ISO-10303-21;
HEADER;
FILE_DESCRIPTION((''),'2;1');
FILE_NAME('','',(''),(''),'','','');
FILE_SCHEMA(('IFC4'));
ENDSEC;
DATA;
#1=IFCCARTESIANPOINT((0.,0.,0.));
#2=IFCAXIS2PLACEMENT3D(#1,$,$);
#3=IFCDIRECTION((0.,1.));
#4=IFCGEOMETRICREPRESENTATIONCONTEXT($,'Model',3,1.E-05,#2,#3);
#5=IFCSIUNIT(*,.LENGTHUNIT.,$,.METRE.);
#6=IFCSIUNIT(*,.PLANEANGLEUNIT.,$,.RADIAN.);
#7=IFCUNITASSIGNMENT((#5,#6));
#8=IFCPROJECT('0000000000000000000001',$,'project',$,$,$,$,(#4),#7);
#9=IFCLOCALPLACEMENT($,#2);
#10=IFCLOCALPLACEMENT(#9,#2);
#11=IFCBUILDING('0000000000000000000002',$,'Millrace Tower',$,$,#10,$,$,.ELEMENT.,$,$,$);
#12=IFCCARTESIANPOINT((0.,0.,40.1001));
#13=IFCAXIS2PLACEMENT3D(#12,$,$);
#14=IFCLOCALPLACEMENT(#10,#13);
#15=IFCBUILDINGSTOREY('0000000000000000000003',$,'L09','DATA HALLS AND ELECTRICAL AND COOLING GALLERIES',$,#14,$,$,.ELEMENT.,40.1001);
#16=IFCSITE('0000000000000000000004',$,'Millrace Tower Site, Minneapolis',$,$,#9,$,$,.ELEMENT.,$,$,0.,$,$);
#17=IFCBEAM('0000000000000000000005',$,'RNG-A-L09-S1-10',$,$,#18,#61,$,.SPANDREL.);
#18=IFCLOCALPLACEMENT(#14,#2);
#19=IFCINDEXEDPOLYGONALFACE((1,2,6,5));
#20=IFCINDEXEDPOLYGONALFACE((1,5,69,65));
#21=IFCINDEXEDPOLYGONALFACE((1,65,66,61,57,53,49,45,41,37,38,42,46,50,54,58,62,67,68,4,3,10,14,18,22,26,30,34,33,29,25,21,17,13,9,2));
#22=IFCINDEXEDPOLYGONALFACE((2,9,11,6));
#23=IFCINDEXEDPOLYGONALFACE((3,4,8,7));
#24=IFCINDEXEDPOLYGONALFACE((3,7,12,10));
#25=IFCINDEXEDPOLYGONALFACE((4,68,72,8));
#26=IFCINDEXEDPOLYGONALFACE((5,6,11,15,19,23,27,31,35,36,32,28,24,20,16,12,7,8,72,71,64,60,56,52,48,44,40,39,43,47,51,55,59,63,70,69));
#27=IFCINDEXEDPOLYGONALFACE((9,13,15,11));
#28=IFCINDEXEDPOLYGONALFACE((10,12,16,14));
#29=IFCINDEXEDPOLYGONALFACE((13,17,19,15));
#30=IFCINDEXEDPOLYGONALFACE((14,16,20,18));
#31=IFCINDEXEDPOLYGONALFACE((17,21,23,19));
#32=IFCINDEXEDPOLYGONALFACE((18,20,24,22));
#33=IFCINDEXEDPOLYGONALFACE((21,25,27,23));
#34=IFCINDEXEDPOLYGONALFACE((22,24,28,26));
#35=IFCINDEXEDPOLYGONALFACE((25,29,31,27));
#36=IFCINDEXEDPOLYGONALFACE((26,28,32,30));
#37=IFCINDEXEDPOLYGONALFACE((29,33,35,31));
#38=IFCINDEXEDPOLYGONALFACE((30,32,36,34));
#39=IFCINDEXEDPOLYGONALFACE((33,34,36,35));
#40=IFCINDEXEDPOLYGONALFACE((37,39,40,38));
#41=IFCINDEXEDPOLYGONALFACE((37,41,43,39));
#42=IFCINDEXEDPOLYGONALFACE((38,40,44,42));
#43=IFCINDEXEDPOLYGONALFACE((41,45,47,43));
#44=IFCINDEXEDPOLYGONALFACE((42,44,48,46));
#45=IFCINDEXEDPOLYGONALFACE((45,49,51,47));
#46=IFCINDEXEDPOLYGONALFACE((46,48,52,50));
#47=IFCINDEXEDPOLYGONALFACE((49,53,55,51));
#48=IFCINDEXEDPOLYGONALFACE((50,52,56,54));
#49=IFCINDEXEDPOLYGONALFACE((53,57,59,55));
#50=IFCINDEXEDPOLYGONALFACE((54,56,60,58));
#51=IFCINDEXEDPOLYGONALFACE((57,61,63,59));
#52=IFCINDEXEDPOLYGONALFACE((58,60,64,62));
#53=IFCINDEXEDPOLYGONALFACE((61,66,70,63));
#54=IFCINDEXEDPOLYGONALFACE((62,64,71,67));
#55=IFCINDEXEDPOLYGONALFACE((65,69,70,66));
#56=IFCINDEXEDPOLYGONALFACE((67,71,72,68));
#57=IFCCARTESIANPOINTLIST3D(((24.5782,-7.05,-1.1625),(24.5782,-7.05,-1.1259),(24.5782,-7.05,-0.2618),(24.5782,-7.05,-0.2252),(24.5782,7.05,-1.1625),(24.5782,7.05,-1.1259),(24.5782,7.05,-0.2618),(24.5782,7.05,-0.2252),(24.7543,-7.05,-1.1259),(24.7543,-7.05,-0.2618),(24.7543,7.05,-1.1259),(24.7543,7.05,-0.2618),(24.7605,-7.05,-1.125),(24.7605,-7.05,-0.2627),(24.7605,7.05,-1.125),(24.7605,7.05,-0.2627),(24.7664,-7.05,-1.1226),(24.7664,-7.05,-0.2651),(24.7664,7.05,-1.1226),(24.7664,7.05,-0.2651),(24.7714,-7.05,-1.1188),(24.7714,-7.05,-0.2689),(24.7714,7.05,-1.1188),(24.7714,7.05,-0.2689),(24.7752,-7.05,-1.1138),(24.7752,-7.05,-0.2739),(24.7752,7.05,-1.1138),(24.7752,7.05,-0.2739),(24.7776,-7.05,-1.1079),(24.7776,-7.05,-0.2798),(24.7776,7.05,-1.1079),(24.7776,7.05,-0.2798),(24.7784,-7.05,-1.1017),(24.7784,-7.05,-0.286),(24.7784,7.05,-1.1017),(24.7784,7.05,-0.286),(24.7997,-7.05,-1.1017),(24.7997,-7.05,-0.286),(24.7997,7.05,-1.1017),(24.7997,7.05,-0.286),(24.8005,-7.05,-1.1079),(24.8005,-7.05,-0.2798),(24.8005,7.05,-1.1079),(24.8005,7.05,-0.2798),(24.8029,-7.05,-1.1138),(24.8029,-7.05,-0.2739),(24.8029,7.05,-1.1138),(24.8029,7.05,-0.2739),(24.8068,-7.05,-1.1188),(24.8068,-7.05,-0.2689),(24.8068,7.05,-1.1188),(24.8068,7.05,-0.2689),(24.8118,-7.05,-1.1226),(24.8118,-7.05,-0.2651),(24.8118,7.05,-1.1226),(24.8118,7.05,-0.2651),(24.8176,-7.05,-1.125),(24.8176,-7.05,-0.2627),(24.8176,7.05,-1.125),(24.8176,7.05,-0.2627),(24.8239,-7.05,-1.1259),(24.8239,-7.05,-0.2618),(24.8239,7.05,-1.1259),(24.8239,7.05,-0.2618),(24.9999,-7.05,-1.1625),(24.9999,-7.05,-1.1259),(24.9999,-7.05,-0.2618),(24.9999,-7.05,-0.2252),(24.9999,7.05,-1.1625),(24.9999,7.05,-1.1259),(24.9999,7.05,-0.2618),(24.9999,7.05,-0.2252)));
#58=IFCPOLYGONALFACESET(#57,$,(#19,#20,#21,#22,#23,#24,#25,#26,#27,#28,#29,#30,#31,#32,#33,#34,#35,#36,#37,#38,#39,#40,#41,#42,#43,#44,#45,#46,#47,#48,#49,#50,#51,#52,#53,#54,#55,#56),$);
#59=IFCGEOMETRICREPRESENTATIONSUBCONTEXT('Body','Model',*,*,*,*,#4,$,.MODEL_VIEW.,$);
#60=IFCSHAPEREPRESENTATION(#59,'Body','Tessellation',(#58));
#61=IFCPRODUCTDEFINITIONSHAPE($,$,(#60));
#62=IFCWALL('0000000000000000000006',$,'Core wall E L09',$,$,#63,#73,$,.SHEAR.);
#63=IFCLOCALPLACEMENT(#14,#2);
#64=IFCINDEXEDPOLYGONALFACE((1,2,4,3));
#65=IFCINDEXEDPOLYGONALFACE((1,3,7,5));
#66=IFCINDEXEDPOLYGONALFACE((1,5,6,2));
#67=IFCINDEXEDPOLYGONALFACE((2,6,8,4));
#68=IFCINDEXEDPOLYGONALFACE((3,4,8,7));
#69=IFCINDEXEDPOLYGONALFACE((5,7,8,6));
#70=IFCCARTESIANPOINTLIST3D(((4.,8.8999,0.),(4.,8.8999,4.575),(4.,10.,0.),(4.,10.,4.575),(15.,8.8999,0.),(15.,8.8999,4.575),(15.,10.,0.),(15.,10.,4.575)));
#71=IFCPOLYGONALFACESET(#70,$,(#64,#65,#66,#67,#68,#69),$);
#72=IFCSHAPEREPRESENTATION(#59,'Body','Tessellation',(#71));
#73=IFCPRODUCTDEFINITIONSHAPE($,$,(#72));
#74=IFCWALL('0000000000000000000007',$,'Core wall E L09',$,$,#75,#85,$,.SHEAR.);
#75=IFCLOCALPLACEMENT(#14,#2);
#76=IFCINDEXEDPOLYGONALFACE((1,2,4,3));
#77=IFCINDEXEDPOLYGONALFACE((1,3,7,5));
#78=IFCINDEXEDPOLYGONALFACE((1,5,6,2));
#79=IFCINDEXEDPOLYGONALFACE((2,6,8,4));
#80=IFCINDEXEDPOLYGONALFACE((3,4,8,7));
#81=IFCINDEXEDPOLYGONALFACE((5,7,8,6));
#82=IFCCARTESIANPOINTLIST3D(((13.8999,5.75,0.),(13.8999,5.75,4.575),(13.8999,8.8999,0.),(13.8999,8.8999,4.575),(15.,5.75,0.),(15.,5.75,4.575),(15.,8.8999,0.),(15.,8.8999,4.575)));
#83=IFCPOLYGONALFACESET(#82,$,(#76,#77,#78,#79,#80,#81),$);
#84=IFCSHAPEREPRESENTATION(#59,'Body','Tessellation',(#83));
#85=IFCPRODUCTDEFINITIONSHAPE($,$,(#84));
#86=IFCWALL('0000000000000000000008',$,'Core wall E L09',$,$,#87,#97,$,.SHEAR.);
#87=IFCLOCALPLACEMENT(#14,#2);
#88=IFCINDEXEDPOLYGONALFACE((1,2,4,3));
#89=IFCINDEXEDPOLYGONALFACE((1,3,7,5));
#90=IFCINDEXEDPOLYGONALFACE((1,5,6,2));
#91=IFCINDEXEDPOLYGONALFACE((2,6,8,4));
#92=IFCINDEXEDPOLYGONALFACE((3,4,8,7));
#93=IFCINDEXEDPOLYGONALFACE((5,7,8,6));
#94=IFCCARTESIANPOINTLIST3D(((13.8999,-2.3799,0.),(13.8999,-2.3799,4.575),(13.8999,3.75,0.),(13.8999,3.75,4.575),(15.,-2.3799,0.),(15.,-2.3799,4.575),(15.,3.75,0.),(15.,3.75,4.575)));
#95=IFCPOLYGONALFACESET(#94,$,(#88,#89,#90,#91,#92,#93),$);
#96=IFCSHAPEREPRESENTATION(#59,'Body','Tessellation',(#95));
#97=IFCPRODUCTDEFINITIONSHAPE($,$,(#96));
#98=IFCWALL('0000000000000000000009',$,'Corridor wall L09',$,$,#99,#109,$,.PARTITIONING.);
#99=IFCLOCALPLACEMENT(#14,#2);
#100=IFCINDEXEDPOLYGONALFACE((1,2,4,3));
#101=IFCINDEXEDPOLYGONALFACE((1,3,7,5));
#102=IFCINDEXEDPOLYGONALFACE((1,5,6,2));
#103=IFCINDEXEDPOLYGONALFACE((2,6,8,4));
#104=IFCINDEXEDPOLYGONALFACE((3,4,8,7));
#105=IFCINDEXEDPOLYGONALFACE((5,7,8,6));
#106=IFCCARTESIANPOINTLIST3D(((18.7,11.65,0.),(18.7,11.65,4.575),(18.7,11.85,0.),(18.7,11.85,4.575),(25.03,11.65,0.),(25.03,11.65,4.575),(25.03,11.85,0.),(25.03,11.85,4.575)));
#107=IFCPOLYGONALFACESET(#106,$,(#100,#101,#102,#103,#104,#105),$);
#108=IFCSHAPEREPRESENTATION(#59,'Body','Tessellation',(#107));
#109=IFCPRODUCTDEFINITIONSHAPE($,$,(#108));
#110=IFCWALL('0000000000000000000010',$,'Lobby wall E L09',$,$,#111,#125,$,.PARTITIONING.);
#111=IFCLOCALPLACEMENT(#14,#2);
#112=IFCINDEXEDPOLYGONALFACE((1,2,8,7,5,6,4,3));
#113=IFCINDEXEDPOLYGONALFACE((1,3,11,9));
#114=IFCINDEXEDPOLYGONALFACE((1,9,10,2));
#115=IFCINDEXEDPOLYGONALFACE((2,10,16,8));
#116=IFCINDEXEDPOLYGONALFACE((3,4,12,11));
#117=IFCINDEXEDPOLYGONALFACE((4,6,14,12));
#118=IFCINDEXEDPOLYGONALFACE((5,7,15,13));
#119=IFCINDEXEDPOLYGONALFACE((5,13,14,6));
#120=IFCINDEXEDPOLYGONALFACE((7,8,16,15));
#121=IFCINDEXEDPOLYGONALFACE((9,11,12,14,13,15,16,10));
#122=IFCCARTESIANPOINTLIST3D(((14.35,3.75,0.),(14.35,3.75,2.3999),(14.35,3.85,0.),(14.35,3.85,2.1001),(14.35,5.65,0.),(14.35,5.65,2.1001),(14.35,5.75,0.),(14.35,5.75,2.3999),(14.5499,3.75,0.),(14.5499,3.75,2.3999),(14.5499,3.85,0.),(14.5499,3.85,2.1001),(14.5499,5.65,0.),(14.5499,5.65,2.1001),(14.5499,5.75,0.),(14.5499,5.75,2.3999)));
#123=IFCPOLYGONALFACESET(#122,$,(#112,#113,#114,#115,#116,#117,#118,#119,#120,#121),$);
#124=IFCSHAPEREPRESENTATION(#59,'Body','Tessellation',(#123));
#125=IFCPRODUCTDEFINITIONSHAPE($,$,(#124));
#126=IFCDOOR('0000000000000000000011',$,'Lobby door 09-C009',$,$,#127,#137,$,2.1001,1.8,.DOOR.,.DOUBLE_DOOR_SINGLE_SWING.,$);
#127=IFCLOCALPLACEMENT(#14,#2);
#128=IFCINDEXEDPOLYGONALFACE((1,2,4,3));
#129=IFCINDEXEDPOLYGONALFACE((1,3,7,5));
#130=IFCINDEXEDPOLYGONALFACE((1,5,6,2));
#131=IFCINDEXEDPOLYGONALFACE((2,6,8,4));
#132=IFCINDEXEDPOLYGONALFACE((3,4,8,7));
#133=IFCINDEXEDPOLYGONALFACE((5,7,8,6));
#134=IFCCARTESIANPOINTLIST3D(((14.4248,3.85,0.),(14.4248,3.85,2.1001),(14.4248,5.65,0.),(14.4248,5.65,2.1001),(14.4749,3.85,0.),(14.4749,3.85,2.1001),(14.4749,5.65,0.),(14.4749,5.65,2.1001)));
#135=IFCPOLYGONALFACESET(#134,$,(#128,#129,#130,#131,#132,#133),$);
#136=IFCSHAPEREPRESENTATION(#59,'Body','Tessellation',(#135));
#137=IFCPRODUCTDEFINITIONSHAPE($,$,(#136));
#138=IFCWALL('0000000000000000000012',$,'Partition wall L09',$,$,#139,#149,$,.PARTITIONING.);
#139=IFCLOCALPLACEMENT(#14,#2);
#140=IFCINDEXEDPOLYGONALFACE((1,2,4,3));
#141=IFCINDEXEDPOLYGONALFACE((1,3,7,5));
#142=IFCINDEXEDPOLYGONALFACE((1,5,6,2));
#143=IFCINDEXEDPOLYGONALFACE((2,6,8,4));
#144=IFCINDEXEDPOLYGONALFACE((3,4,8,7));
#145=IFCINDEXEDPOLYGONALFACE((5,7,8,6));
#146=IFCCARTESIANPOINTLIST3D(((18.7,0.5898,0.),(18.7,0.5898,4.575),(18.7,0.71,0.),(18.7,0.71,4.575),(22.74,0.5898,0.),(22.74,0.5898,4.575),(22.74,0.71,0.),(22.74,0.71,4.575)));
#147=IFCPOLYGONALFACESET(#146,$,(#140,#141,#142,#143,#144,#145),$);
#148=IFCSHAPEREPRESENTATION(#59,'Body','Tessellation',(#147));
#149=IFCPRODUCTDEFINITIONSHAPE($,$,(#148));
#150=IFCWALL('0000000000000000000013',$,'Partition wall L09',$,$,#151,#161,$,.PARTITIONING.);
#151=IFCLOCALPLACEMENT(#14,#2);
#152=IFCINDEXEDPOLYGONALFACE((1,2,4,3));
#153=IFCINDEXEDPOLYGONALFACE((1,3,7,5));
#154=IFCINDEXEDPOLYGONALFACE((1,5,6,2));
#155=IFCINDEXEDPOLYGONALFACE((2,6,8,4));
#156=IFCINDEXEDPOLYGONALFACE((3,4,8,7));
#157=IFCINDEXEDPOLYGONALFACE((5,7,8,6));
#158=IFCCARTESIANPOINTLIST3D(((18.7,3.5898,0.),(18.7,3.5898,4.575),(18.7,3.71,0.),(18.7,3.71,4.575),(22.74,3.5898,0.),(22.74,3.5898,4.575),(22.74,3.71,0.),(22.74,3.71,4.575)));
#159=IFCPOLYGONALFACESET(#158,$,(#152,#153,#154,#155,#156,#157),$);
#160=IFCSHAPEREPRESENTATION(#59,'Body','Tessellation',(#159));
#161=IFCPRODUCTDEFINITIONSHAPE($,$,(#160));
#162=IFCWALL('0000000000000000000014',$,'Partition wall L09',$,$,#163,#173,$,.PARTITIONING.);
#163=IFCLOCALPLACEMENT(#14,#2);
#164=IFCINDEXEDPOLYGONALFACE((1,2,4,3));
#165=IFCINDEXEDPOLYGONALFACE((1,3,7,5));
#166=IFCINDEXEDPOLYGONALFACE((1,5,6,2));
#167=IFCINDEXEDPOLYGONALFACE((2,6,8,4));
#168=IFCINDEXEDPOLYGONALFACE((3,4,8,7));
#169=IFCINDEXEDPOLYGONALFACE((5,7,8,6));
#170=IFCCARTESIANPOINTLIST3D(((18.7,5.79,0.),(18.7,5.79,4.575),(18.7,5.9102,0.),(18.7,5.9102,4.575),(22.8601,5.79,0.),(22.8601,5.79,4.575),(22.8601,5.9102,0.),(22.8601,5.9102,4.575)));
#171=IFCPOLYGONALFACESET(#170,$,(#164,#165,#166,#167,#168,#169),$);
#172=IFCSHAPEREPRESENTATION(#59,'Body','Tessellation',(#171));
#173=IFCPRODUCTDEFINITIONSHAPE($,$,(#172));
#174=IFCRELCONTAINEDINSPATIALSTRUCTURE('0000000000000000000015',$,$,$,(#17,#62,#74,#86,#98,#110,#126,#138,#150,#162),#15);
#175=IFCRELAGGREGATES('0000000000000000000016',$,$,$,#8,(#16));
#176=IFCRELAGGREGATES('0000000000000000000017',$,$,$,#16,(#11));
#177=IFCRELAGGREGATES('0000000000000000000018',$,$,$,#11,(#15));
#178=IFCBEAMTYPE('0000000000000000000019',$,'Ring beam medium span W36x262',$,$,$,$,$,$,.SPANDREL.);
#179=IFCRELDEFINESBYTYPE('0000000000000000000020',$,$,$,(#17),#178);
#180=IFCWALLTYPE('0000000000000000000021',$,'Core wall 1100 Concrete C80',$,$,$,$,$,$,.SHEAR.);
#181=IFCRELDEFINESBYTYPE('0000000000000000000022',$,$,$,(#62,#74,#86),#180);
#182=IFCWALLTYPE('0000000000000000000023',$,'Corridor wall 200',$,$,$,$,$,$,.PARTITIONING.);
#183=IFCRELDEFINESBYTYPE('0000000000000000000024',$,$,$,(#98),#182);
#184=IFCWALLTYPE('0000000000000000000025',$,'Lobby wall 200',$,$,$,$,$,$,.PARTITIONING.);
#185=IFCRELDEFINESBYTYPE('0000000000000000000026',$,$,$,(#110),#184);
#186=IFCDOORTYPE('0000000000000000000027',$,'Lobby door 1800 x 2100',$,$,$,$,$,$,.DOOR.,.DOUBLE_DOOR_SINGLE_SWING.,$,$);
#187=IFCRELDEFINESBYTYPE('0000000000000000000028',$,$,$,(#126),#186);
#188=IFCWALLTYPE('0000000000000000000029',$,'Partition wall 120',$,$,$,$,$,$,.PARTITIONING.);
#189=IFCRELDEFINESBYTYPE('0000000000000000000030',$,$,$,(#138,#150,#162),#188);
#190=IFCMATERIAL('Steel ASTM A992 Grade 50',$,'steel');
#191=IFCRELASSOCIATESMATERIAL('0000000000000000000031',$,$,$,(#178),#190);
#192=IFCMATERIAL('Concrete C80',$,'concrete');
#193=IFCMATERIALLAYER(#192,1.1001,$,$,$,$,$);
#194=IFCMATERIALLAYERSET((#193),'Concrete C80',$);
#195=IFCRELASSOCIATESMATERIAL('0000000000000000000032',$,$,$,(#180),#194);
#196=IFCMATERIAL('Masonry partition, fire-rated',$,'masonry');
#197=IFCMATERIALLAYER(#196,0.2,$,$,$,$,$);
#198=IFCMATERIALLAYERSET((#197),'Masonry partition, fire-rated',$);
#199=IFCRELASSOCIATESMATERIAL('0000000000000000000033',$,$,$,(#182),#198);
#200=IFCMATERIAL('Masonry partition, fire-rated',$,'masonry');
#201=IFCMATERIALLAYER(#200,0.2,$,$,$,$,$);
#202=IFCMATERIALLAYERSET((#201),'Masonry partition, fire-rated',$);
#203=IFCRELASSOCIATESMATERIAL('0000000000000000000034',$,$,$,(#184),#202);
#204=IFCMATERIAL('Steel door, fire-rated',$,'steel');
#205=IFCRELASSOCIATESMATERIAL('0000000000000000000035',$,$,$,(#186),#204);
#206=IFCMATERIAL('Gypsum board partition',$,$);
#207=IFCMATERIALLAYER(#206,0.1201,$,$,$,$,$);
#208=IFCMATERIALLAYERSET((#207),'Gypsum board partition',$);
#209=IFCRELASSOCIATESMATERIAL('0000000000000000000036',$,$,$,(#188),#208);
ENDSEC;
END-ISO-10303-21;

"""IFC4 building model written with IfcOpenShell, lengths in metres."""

from ifc_helpers import new_model, si_unit, direction, frame, frame_2d, origin, origin_2d, place, context, subcontext, project, spatial, rectangle, i_section, extrude, material, layer, layer_set, material_profile, profile_set, type_object, element, fill, save


model = new_model("IFC4")

# Units and contexts
model_context = context("Model", 3, precision=1e-05, world=origin(), true_north=direction((0.0, 1.0)))
body_context = subcontext(model_context, "Body", "Model", "MODEL_VIEW")
ifc_project = project(units=[si_unit("LENGTHUNIT", "METRE"), si_unit("PLANEANGLEUNIT", "RADIAN")], contexts=[model_context])

# Site, building, storey
site_placement = place(None, origin())
site = spatial("IfcSite", under=ifc_project, at=site_placement, Name="Millrace Tower Site, Minneapolis", CompositionType="ELEMENT", RefElevation=0.0)
building_placement = place(site_placement, origin())
building = spatial("IfcBuilding", under=site, at=building_placement, Name="Millrace Tower", CompositionType="ELEMENT")
storey_placement = place(building_placement, frame((0.0, 0.0, 40.1001)))
storey = spatial("IfcBuildingStorey", under=building, at=storey_placement, Name="L09", Description="DATA HALLS AND ELECTRICAL AND COOLING GALLERIES", CompositionType="ELEMENT", Elevation=40.1001)

# Beam
ifc_material_1 = material(Name="Steel ASTM A992 Grade 50", Category="steel")
ifc_material_profile_1 = material_profile(ifc_material_1, i_section(OverallWidth=0.4216, OverallDepth=0.9373, WebThickness=0.0212, FlangeThickness=0.0366, FilletRadius=0.0242, at=origin_2d()))
ifc_profile_set_1 = profile_set([ifc_material_profile_1], Name="Steel ASTM A992 Grade 50")
beam_type_1 = type_object("IfcBeamType", Name="Ring beam medium span W36x262", PredefinedType="SPANDREL", material=ifc_profile_set_1)
beam_1_placement = place(storey_placement, frame((24.7891, 7.05, -0.6938), z_axis=(0.0, -1.0, 0.0), x_axis=(1.0, 0.0, 0.0)))
element("IfcBeam", 1, at=beam_1_placement, inside=storey, type_object=beam_type_1, Name="RNG-A-L09-S1-10", PredefinedType="SPANDREL", context=body_context, shape_type="SweptSolid", body=[
    extrude(i_section(OverallWidth=0.4216, OverallDepth=0.9373, WebThickness=0.0212, FlangeThickness=0.0366, FilletRadius=0.0242, at=origin_2d()), origin(), (0.0, 0.0, 1.0), 14.1001),
])

# Walls
ifc_material_2 = material(Name="Concrete C80", Category="concrete")
ifc_layer_1 = layer(ifc_material_2, 1.1001)
ifc_layer_set_1 = layer_set([ifc_layer_1], Name="Concrete C80")
wall_type_1 = type_object("IfcWallType", Name="Core wall 1100 Concrete C80", PredefinedType="SHEAR", material=ifc_layer_set_1)
wall_1_placement = place(storey_placement, frame((15.0, 9.45, 0.0), z_axis=(0.0, 0.0, 1.0), x_axis=(-1.0, 0.0, 0.0)))
element("IfcWall", 2, at=wall_1_placement, inside=storey, type_object=wall_type_1, Name="Core wall E L09", PredefinedType="SHEAR", context=body_context, shape_type="SweptSolid", body=[
    extrude(rectangle(XDim=11.0, YDim=1.1001, at=frame_2d((5.5, 0.0))), origin(), (0.0, 0.0, 1.0), 4.575),
])
wall_2_placement = place(storey_placement, frame((14.45, 8.8999, 0.0), z_axis=(0.0, 0.0, 1.0), x_axis=(0.0, -1.0, 0.0)))
element("IfcWall", 3, at=wall_2_placement, inside=storey, type_object=wall_type_1, Name="Core wall E L09", PredefinedType="SHEAR", context=body_context, shape_type="SweptSolid", body=[
    extrude(rectangle(XDim=3.1499, YDim=1.1001, at=frame_2d((1.575, 0.0))), origin(), (0.0, 0.0, 1.0), 4.575),
])
wall_3_placement = place(storey_placement, frame((14.45, 3.75, 0.0), z_axis=(0.0, 0.0, 1.0), x_axis=(0.0, -1.0, 0.0)))
element("IfcWall", 4, at=wall_3_placement, inside=storey, type_object=wall_type_1, Name="Core wall E L09", PredefinedType="SHEAR", context=body_context, shape_type="SweptSolid", body=[
    extrude(rectangle(XDim=6.1299, YDim=1.1001, at=frame_2d((3.0649, 0.0))), origin(), (0.0, 0.0, 1.0), 4.575),
])
ifc_material_3 = material(Name="Masonry partition, fire-rated", Category="masonry")
ifc_layer_2 = layer(ifc_material_3, 0.2)
ifc_layer_set_2 = layer_set([ifc_layer_2], Name="Masonry partition, fire-rated")
wall_type_2 = type_object("IfcWallType", Name="Corridor wall 200", PredefinedType="PARTITIONING", material=ifc_layer_set_2)
wall_4_placement = place(storey_placement, frame((18.7, 11.75, 0.0), z_axis=(0.0, 0.0, 1.0), x_axis=(1.0, 0.0, 0.0)))
element("IfcWall", 5, at=wall_4_placement, inside=storey, type_object=wall_type_2, Name="Corridor wall L09", PredefinedType="PARTITIONING", context=body_context, shape_type="SweptSolid", body=[
    extrude(rectangle(XDim=6.3301, YDim=0.2, at=frame_2d((3.165, 0.0))), origin(), (0.0, 0.0, 1.0), 4.575),
])

# Wall, opening, door
ifc_material_4 = material(Name="Masonry partition, fire-rated", Category="masonry")
ifc_layer_3 = layer(ifc_material_4, 0.2)
ifc_layer_set_3 = layer_set([ifc_layer_3], Name="Masonry partition, fire-rated")
wall_type_3 = type_object("IfcWallType", Name="Lobby wall 200", PredefinedType="PARTITIONING", material=ifc_layer_set_3)
wall_5_placement = place(storey_placement, frame((14.45, 5.75, 0.0), z_axis=(0.0, 0.0, 1.0), x_axis=(0.0, -1.0, 0.0)))
wall_5 = element("IfcWall", 6, at=wall_5_placement, inside=storey, type_object=wall_type_3, Name="Lobby wall E L09", PredefinedType="PARTITIONING", context=body_context, shape_type="SweptSolid", body=[
    extrude(rectangle(XDim=2.0, YDim=0.2, at=frame_2d((1.0, 0.0))), origin(), (0.0, 0.0, 1.0), 2.3999),
])
opening_1_placement = place(wall_5_placement, frame((0.1001, 0.0, 0.0)))
opening_1 = element("IfcOpeningElement", 7, at=opening_1_placement, cuts=wall_5, PredefinedType="OPENING", context=body_context, shape_type="SweptSolid", body=[
    extrude(rectangle(XDim=1.8, YDim=2.1001, at=frame_2d((0.8999, 1.05))), frame((0.0, 0.1099, 0.0), z_axis=(0.0, -1.0, 0.0), x_axis=(1.0, 0.0, 0.0)), (0.0, 0.0, 1.0), 0.22),
])
ifc_material_5 = material(Name="Steel door, fire-rated", Category="steel")
door_type_1 = type_object("IfcDoorType", Name="Lobby door 1800 x 2100", OperationType="DOUBLE_DOOR_SINGLE_SWING", PredefinedType="DOOR", material=ifc_material_5)
door_1_placement = place(opening_1_placement, origin())
door_1 = element("IfcDoor", 8, at=door_1_placement, inside=storey, type_object=door_type_1, Name="Lobby door 09-C009", OperationType="DOUBLE_DOOR_SINGLE_SWING", OverallHeight=2.1001, OverallWidth=1.8, PredefinedType="DOOR", context=body_context, shape_type="SweptSolid", body=[
    extrude(rectangle(XDim=1.8, YDim=2.1001, at=frame_2d((0.8999, 1.05))), frame((0.0, 0.0249, 0.0), z_axis=(0.0, -1.0, 0.0), x_axis=(1.0, 0.0, 0.0)), (0.0, 0.0, 1.0), 0.05),
])
fill(opening_1, door_1)

# Walls
ifc_material_6 = material(Name="Gypsum board partition")
ifc_layer_4 = layer(ifc_material_6, 0.1201)
ifc_layer_set_4 = layer_set([ifc_layer_4], Name="Gypsum board partition")
wall_type_4 = type_object("IfcWallType", Name="Partition wall 120", PredefinedType="PARTITIONING", material=ifc_layer_set_4)
for number, where, z_axis, x_axis, name in (
    (9, (18.7, 0.6499, 0.0), (0.0, 0.0, 1.0), (1.0, 0.0, 0.0), "Partition wall L09"),
    (10, (18.7, 3.6499, 0.0), (0.0, 0.0, 1.0), (1.0, 0.0, 0.0), "Partition wall L09"),
):
    element("IfcWall", number, at=place(storey_placement, frame(where, z_axis=z_axis, x_axis=x_axis)), inside=storey, type_object=wall_type_4, Name=name, PredefinedType="PARTITIONING", context=body_context, shape_type="SweptSolid", body=[
        extrude(rectangle(XDim=4.04, YDim=0.1201, at=frame_2d((2.02, 0.0))), origin(), (0.0, 0.0, 1.0), 4.575),
    ])
wall_6_placement = place(storey_placement, frame((18.7, 5.8501, 0.0), z_axis=(0.0, 0.0, 1.0), x_axis=(1.0, 0.0, 0.0)))
element("IfcWall", 11, at=wall_6_placement, inside=storey, type_object=wall_type_4, Name="Partition wall L09", PredefinedType="PARTITIONING", context=body_context, shape_type="SweptSolid", body=[
    extrude(rectangle(XDim=4.1602, YDim=0.1201, at=frame_2d((2.0801, 0.0))), origin(), (0.0, 0.0, 1.0), 4.575),
])

save(model, "model.ifc")
